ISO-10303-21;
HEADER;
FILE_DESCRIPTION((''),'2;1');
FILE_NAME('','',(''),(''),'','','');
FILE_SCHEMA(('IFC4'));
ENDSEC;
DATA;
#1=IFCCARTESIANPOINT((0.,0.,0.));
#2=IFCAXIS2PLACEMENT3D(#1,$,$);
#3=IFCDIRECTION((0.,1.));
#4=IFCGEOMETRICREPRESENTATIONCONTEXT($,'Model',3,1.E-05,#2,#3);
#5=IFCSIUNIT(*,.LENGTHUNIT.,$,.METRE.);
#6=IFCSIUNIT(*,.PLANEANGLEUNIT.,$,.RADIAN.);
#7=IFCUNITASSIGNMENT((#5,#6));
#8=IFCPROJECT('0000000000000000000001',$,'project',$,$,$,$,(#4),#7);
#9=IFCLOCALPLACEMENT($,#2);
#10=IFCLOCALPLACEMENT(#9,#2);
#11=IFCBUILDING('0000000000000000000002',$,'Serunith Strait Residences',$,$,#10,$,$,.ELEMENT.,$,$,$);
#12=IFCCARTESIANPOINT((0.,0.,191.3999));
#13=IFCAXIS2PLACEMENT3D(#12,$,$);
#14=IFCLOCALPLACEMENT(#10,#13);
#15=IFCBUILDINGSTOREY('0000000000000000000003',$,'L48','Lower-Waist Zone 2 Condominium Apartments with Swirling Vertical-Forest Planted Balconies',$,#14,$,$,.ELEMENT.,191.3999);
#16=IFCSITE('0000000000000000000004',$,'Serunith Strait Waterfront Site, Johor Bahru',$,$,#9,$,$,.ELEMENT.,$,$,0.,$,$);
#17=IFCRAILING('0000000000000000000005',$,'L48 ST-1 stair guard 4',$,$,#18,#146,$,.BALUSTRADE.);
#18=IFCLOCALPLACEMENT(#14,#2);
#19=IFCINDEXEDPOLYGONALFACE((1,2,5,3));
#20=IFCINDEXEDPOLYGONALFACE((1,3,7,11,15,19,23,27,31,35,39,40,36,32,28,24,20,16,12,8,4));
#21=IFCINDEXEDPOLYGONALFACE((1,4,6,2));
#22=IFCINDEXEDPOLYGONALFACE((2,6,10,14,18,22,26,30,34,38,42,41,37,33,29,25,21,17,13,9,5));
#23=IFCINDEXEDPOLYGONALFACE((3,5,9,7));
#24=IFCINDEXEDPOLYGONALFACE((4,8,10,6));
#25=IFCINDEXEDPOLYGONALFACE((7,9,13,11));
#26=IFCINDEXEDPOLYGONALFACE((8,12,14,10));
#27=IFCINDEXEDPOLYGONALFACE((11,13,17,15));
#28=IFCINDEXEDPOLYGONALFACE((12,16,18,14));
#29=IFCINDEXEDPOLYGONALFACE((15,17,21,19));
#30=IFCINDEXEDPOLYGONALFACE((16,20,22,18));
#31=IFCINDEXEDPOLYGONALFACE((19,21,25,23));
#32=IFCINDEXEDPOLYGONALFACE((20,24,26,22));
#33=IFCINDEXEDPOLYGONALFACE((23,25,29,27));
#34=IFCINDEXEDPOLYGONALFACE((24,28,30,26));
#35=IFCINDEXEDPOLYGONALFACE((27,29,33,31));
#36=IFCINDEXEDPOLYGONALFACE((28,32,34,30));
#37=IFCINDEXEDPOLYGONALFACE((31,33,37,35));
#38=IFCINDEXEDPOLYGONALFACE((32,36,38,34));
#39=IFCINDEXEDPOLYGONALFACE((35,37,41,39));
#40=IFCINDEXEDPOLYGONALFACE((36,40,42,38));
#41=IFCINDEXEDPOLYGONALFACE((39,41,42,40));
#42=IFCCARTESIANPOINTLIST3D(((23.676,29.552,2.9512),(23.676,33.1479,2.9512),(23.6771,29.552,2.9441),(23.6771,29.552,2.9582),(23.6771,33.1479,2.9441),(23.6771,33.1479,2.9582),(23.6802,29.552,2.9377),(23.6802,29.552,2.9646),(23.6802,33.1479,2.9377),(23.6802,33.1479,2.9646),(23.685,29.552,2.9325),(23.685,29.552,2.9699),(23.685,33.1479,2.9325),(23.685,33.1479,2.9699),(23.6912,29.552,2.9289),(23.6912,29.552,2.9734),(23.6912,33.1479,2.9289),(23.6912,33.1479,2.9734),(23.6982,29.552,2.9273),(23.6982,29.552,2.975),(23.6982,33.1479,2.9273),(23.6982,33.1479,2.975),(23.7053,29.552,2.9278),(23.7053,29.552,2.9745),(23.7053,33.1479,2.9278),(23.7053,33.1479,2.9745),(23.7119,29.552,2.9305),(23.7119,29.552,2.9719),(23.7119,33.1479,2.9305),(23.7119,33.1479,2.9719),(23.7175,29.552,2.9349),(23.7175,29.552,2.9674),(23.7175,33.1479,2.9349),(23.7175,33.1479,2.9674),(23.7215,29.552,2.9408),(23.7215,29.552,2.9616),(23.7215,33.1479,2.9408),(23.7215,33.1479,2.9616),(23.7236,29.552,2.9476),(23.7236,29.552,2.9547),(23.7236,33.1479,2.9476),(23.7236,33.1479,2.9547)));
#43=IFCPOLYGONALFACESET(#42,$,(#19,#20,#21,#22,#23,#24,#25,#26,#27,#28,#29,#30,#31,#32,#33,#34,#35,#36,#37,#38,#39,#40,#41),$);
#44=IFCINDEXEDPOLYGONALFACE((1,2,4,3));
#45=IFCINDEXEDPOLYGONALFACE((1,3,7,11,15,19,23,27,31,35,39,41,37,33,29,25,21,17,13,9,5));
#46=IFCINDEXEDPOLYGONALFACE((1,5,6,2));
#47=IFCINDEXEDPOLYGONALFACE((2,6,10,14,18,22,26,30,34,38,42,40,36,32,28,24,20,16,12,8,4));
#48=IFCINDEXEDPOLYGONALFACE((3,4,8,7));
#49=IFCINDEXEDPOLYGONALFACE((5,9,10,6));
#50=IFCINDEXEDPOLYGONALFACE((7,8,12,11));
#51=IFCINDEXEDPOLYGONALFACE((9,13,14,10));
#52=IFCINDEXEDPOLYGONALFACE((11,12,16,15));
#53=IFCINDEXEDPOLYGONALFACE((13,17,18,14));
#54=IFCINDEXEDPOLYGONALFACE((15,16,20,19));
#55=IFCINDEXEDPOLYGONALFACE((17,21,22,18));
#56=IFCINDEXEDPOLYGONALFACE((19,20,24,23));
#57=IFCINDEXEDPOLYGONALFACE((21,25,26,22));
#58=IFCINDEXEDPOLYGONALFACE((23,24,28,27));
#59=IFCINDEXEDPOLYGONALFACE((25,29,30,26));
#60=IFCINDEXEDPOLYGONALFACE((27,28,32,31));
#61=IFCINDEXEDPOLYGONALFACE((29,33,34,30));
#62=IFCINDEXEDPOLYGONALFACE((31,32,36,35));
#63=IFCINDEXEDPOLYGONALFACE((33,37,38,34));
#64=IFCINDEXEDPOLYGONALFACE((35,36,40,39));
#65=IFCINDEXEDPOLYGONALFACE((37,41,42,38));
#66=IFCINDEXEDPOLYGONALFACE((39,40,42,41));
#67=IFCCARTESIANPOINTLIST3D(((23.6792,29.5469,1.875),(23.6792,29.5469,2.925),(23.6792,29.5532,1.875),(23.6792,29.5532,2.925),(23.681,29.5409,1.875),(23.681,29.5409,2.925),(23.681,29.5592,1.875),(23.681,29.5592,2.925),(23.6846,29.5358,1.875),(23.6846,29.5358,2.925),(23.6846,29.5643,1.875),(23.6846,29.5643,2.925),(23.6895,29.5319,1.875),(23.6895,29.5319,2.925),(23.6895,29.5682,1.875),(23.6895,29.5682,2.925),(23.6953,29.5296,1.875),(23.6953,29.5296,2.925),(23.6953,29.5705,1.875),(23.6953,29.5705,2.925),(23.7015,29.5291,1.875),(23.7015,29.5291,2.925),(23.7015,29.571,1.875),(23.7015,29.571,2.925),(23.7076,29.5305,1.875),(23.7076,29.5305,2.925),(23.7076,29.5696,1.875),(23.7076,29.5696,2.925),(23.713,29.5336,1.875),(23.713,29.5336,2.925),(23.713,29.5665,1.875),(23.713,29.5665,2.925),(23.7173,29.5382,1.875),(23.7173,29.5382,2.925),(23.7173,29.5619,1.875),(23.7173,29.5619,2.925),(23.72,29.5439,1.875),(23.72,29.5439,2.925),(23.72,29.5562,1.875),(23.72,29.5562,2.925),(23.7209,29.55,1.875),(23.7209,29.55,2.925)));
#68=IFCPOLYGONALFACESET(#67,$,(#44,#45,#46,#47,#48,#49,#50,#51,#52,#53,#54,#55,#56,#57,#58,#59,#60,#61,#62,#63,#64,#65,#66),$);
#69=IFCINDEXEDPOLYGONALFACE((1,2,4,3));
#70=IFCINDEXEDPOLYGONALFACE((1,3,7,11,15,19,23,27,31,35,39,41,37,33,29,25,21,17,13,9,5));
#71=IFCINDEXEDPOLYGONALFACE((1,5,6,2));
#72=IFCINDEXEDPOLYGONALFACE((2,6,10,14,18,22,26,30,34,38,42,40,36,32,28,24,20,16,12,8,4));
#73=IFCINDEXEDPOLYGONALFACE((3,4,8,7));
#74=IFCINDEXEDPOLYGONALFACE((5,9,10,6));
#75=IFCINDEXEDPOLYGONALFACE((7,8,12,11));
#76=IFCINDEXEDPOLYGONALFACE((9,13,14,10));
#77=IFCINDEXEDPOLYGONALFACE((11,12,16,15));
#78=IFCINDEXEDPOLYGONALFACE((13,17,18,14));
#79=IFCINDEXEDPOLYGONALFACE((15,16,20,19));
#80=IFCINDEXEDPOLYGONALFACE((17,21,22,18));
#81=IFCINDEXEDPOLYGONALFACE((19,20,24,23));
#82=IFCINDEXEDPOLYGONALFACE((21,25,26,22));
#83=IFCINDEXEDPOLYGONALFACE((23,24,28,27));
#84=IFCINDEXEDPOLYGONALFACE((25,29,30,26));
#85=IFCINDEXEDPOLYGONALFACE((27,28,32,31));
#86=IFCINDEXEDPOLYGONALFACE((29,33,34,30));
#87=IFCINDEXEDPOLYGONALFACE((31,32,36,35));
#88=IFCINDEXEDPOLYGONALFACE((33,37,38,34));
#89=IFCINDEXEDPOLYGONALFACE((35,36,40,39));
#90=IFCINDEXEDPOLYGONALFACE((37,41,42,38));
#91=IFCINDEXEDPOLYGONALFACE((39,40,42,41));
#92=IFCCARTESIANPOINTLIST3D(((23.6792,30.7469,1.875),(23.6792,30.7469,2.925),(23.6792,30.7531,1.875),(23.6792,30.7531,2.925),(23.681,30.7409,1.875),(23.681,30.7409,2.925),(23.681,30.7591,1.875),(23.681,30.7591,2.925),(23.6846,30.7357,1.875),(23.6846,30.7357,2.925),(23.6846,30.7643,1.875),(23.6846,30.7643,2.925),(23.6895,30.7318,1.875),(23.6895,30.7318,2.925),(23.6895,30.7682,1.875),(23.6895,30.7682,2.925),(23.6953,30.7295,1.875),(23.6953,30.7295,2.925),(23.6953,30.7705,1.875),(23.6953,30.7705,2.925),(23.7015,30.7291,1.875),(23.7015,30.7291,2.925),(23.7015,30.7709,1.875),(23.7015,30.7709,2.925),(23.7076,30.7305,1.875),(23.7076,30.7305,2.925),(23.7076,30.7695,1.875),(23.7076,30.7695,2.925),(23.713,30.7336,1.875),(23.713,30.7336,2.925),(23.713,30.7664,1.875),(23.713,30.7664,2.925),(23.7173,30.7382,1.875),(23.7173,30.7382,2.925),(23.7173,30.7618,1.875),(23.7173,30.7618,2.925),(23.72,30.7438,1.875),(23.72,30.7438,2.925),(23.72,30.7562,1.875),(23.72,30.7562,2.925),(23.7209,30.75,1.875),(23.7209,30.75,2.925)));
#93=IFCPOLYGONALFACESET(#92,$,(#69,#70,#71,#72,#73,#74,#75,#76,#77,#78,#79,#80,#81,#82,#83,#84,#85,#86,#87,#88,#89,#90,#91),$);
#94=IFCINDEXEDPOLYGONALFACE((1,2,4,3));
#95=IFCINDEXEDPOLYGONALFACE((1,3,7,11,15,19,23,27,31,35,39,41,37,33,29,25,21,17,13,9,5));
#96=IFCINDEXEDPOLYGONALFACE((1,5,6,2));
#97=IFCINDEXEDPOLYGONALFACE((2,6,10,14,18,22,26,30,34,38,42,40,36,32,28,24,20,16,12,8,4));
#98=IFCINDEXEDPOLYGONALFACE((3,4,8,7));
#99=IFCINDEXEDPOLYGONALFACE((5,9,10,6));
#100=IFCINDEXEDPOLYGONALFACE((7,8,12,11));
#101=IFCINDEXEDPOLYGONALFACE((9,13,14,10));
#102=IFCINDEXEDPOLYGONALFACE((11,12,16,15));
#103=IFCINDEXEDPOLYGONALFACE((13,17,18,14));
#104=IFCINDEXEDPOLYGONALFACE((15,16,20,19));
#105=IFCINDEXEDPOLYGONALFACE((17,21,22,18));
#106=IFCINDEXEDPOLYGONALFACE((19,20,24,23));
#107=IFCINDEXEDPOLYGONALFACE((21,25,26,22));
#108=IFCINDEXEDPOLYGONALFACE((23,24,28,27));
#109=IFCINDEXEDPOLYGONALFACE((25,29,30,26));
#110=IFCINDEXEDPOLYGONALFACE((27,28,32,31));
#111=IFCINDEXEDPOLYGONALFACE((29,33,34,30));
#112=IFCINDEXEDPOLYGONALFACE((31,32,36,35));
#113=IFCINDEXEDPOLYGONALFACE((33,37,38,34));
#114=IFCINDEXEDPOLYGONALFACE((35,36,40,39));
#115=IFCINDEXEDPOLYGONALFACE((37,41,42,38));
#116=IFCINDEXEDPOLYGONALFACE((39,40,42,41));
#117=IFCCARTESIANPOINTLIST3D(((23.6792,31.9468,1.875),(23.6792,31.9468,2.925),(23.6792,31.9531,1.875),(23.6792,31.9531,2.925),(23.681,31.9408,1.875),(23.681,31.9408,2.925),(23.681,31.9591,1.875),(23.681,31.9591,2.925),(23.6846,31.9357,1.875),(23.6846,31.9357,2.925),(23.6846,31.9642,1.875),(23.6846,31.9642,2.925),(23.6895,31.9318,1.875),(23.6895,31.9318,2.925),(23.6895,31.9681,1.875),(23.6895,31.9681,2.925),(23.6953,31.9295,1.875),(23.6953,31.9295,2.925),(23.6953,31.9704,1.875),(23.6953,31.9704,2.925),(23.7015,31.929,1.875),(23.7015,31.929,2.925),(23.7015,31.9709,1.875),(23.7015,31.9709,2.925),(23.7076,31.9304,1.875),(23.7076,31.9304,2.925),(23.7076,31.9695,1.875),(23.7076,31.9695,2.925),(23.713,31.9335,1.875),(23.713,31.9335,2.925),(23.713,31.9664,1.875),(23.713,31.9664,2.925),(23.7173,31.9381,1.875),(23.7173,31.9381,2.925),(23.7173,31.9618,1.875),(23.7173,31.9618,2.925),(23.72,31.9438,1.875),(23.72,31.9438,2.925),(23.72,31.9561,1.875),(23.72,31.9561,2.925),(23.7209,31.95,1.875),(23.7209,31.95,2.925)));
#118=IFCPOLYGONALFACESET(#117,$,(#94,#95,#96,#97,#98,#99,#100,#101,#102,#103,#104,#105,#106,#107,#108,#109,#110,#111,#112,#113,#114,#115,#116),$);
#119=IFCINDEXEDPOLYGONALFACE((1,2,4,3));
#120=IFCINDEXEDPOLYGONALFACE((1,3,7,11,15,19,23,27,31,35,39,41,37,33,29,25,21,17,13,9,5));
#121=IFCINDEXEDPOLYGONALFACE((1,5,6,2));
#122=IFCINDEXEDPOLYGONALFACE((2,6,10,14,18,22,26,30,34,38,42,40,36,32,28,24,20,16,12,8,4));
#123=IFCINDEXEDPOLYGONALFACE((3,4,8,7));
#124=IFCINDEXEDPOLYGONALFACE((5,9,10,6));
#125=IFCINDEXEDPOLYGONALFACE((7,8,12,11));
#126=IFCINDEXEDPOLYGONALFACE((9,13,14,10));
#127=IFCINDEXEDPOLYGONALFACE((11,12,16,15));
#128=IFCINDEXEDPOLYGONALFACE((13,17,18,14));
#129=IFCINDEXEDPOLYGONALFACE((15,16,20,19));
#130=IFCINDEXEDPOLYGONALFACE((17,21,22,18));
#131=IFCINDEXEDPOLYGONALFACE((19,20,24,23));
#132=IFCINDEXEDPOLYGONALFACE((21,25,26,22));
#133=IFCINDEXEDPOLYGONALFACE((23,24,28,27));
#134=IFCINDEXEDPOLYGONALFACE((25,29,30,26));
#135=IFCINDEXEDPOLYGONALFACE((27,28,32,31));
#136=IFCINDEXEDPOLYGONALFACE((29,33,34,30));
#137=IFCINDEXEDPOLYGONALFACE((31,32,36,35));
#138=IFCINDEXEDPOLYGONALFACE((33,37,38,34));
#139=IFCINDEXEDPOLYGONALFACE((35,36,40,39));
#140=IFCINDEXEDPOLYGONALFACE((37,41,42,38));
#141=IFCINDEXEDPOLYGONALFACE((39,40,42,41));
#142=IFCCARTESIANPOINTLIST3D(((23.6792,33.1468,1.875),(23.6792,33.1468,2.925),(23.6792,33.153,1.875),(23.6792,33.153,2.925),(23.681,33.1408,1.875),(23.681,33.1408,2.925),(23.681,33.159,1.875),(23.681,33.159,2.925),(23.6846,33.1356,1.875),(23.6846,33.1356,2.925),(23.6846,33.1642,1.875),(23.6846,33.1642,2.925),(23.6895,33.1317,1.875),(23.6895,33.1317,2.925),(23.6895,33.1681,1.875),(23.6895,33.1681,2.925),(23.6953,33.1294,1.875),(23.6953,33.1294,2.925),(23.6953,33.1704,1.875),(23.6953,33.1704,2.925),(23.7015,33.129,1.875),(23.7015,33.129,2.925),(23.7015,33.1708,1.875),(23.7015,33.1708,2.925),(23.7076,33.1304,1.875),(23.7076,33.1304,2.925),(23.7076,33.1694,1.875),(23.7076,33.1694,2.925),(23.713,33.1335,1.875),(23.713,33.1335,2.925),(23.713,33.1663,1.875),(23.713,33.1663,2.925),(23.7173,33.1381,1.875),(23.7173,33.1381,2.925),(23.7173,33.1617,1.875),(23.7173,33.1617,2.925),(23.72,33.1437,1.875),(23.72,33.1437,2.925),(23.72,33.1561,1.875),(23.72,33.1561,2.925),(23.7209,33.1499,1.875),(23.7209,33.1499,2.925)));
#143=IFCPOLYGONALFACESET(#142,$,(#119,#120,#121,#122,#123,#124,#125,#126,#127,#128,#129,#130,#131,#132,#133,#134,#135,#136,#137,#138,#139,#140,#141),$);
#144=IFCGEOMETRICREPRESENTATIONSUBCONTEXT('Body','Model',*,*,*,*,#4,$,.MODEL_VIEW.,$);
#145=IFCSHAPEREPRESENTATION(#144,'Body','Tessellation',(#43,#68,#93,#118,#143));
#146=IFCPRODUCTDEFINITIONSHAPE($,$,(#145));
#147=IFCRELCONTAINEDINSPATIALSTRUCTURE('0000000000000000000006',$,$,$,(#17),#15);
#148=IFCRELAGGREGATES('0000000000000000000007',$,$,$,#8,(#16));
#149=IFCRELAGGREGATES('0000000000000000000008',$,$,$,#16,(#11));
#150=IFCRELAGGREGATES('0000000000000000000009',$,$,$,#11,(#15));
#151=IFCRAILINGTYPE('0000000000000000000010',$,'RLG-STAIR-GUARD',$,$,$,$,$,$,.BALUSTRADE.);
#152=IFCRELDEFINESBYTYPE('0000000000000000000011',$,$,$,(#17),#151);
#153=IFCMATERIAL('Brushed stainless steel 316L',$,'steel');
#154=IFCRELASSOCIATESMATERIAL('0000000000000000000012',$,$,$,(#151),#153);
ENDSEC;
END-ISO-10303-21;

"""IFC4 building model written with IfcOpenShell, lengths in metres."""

from ifc_helpers import new_model, si_unit, direction, frame, origin, origin_2d, place, context, subcontext, project, spatial, circle, extrude, material, type_object, element, save


model = new_model("IFC4")

# Units and contexts
model_context = context("Model", 3, precision=1e-05, world=origin(), true_north=direction((0.0, 1.0)))
body_context = subcontext(model_context, "Body", "Model", "MODEL_VIEW")
ifc_project = project(units=[si_unit("LENGTHUNIT", "METRE"), si_unit("PLANEANGLEUNIT", "RADIAN")], contexts=[model_context])

# Site, building, storey
site_placement = place(None, origin())
site = spatial("IfcSite", under=ifc_project, at=site_placement, Name="Serunith Strait Waterfront Site, Johor Bahru", CompositionType="ELEMENT", RefElevation=0.0)
building_placement = place(site_placement, origin())
building = spatial("IfcBuilding", under=site, at=building_placement, Name="Serunith Strait Residences", CompositionType="ELEMENT")
storey_placement = place(building_placement, frame((0.0, 0.0, 191.3999)))
storey = spatial("IfcBuildingStorey", under=building, at=storey_placement, Name="L48", Description="Lower-Waist Zone 2 Condominium Apartments with Swirling Vertical-Forest Planted Balconies", CompositionType="ELEMENT", Elevation=191.3999)

# Railing
ifc_material_1 = material(Name="Brushed stainless steel 316L", Category="steel")
railing_type_1 = type_object("IfcRailingType", Name="RLG-STAIR-GUARD", PredefinedType="BALUSTRADE", material=ifc_material_1)
for number, where, name in (
    (1, (23.7, 29.55, 1.875), "L48 ST-1 stair guard 4"),
):
    element("IfcRailing", number, at=place(storey_placement, frame(where)), inside=storey, type_object=railing_type_1, Name=name, PredefinedType="BALUSTRADE", context=body_context, shape_type="SweptSolid", body=[
        extrude(circle(Radius=0.0239, at=origin_2d()), frame((0.0, 0.002, 1.0762), z_axis=(0.0, 1.0, 0.0), x_axis=(-1.0, 0.0, 0.0)), (0.0, 0.0, 1.0), 3.5959),
        extrude(circle(Radius=0.021, at=origin_2d()), origin(), (0.0, 0.0, 1.0), 1.05),
        extrude(circle(Radius=0.021, at=origin_2d()), frame((0.0, 1.2, 0.0)), (0.0, 0.0, 1.0), 1.05),
        extrude(circle(Radius=0.021, at=origin_2d()), frame((0.0, 2.3999, 0.0)), (0.0, 0.0, 1.0), 1.05),
        extrude(circle(Radius=0.021, at=origin_2d()), frame((0.0, 3.5999, 0.0)), (0.0, 0.0, 1.0), 1.05),
    ])

save(model, "model.ifc")
